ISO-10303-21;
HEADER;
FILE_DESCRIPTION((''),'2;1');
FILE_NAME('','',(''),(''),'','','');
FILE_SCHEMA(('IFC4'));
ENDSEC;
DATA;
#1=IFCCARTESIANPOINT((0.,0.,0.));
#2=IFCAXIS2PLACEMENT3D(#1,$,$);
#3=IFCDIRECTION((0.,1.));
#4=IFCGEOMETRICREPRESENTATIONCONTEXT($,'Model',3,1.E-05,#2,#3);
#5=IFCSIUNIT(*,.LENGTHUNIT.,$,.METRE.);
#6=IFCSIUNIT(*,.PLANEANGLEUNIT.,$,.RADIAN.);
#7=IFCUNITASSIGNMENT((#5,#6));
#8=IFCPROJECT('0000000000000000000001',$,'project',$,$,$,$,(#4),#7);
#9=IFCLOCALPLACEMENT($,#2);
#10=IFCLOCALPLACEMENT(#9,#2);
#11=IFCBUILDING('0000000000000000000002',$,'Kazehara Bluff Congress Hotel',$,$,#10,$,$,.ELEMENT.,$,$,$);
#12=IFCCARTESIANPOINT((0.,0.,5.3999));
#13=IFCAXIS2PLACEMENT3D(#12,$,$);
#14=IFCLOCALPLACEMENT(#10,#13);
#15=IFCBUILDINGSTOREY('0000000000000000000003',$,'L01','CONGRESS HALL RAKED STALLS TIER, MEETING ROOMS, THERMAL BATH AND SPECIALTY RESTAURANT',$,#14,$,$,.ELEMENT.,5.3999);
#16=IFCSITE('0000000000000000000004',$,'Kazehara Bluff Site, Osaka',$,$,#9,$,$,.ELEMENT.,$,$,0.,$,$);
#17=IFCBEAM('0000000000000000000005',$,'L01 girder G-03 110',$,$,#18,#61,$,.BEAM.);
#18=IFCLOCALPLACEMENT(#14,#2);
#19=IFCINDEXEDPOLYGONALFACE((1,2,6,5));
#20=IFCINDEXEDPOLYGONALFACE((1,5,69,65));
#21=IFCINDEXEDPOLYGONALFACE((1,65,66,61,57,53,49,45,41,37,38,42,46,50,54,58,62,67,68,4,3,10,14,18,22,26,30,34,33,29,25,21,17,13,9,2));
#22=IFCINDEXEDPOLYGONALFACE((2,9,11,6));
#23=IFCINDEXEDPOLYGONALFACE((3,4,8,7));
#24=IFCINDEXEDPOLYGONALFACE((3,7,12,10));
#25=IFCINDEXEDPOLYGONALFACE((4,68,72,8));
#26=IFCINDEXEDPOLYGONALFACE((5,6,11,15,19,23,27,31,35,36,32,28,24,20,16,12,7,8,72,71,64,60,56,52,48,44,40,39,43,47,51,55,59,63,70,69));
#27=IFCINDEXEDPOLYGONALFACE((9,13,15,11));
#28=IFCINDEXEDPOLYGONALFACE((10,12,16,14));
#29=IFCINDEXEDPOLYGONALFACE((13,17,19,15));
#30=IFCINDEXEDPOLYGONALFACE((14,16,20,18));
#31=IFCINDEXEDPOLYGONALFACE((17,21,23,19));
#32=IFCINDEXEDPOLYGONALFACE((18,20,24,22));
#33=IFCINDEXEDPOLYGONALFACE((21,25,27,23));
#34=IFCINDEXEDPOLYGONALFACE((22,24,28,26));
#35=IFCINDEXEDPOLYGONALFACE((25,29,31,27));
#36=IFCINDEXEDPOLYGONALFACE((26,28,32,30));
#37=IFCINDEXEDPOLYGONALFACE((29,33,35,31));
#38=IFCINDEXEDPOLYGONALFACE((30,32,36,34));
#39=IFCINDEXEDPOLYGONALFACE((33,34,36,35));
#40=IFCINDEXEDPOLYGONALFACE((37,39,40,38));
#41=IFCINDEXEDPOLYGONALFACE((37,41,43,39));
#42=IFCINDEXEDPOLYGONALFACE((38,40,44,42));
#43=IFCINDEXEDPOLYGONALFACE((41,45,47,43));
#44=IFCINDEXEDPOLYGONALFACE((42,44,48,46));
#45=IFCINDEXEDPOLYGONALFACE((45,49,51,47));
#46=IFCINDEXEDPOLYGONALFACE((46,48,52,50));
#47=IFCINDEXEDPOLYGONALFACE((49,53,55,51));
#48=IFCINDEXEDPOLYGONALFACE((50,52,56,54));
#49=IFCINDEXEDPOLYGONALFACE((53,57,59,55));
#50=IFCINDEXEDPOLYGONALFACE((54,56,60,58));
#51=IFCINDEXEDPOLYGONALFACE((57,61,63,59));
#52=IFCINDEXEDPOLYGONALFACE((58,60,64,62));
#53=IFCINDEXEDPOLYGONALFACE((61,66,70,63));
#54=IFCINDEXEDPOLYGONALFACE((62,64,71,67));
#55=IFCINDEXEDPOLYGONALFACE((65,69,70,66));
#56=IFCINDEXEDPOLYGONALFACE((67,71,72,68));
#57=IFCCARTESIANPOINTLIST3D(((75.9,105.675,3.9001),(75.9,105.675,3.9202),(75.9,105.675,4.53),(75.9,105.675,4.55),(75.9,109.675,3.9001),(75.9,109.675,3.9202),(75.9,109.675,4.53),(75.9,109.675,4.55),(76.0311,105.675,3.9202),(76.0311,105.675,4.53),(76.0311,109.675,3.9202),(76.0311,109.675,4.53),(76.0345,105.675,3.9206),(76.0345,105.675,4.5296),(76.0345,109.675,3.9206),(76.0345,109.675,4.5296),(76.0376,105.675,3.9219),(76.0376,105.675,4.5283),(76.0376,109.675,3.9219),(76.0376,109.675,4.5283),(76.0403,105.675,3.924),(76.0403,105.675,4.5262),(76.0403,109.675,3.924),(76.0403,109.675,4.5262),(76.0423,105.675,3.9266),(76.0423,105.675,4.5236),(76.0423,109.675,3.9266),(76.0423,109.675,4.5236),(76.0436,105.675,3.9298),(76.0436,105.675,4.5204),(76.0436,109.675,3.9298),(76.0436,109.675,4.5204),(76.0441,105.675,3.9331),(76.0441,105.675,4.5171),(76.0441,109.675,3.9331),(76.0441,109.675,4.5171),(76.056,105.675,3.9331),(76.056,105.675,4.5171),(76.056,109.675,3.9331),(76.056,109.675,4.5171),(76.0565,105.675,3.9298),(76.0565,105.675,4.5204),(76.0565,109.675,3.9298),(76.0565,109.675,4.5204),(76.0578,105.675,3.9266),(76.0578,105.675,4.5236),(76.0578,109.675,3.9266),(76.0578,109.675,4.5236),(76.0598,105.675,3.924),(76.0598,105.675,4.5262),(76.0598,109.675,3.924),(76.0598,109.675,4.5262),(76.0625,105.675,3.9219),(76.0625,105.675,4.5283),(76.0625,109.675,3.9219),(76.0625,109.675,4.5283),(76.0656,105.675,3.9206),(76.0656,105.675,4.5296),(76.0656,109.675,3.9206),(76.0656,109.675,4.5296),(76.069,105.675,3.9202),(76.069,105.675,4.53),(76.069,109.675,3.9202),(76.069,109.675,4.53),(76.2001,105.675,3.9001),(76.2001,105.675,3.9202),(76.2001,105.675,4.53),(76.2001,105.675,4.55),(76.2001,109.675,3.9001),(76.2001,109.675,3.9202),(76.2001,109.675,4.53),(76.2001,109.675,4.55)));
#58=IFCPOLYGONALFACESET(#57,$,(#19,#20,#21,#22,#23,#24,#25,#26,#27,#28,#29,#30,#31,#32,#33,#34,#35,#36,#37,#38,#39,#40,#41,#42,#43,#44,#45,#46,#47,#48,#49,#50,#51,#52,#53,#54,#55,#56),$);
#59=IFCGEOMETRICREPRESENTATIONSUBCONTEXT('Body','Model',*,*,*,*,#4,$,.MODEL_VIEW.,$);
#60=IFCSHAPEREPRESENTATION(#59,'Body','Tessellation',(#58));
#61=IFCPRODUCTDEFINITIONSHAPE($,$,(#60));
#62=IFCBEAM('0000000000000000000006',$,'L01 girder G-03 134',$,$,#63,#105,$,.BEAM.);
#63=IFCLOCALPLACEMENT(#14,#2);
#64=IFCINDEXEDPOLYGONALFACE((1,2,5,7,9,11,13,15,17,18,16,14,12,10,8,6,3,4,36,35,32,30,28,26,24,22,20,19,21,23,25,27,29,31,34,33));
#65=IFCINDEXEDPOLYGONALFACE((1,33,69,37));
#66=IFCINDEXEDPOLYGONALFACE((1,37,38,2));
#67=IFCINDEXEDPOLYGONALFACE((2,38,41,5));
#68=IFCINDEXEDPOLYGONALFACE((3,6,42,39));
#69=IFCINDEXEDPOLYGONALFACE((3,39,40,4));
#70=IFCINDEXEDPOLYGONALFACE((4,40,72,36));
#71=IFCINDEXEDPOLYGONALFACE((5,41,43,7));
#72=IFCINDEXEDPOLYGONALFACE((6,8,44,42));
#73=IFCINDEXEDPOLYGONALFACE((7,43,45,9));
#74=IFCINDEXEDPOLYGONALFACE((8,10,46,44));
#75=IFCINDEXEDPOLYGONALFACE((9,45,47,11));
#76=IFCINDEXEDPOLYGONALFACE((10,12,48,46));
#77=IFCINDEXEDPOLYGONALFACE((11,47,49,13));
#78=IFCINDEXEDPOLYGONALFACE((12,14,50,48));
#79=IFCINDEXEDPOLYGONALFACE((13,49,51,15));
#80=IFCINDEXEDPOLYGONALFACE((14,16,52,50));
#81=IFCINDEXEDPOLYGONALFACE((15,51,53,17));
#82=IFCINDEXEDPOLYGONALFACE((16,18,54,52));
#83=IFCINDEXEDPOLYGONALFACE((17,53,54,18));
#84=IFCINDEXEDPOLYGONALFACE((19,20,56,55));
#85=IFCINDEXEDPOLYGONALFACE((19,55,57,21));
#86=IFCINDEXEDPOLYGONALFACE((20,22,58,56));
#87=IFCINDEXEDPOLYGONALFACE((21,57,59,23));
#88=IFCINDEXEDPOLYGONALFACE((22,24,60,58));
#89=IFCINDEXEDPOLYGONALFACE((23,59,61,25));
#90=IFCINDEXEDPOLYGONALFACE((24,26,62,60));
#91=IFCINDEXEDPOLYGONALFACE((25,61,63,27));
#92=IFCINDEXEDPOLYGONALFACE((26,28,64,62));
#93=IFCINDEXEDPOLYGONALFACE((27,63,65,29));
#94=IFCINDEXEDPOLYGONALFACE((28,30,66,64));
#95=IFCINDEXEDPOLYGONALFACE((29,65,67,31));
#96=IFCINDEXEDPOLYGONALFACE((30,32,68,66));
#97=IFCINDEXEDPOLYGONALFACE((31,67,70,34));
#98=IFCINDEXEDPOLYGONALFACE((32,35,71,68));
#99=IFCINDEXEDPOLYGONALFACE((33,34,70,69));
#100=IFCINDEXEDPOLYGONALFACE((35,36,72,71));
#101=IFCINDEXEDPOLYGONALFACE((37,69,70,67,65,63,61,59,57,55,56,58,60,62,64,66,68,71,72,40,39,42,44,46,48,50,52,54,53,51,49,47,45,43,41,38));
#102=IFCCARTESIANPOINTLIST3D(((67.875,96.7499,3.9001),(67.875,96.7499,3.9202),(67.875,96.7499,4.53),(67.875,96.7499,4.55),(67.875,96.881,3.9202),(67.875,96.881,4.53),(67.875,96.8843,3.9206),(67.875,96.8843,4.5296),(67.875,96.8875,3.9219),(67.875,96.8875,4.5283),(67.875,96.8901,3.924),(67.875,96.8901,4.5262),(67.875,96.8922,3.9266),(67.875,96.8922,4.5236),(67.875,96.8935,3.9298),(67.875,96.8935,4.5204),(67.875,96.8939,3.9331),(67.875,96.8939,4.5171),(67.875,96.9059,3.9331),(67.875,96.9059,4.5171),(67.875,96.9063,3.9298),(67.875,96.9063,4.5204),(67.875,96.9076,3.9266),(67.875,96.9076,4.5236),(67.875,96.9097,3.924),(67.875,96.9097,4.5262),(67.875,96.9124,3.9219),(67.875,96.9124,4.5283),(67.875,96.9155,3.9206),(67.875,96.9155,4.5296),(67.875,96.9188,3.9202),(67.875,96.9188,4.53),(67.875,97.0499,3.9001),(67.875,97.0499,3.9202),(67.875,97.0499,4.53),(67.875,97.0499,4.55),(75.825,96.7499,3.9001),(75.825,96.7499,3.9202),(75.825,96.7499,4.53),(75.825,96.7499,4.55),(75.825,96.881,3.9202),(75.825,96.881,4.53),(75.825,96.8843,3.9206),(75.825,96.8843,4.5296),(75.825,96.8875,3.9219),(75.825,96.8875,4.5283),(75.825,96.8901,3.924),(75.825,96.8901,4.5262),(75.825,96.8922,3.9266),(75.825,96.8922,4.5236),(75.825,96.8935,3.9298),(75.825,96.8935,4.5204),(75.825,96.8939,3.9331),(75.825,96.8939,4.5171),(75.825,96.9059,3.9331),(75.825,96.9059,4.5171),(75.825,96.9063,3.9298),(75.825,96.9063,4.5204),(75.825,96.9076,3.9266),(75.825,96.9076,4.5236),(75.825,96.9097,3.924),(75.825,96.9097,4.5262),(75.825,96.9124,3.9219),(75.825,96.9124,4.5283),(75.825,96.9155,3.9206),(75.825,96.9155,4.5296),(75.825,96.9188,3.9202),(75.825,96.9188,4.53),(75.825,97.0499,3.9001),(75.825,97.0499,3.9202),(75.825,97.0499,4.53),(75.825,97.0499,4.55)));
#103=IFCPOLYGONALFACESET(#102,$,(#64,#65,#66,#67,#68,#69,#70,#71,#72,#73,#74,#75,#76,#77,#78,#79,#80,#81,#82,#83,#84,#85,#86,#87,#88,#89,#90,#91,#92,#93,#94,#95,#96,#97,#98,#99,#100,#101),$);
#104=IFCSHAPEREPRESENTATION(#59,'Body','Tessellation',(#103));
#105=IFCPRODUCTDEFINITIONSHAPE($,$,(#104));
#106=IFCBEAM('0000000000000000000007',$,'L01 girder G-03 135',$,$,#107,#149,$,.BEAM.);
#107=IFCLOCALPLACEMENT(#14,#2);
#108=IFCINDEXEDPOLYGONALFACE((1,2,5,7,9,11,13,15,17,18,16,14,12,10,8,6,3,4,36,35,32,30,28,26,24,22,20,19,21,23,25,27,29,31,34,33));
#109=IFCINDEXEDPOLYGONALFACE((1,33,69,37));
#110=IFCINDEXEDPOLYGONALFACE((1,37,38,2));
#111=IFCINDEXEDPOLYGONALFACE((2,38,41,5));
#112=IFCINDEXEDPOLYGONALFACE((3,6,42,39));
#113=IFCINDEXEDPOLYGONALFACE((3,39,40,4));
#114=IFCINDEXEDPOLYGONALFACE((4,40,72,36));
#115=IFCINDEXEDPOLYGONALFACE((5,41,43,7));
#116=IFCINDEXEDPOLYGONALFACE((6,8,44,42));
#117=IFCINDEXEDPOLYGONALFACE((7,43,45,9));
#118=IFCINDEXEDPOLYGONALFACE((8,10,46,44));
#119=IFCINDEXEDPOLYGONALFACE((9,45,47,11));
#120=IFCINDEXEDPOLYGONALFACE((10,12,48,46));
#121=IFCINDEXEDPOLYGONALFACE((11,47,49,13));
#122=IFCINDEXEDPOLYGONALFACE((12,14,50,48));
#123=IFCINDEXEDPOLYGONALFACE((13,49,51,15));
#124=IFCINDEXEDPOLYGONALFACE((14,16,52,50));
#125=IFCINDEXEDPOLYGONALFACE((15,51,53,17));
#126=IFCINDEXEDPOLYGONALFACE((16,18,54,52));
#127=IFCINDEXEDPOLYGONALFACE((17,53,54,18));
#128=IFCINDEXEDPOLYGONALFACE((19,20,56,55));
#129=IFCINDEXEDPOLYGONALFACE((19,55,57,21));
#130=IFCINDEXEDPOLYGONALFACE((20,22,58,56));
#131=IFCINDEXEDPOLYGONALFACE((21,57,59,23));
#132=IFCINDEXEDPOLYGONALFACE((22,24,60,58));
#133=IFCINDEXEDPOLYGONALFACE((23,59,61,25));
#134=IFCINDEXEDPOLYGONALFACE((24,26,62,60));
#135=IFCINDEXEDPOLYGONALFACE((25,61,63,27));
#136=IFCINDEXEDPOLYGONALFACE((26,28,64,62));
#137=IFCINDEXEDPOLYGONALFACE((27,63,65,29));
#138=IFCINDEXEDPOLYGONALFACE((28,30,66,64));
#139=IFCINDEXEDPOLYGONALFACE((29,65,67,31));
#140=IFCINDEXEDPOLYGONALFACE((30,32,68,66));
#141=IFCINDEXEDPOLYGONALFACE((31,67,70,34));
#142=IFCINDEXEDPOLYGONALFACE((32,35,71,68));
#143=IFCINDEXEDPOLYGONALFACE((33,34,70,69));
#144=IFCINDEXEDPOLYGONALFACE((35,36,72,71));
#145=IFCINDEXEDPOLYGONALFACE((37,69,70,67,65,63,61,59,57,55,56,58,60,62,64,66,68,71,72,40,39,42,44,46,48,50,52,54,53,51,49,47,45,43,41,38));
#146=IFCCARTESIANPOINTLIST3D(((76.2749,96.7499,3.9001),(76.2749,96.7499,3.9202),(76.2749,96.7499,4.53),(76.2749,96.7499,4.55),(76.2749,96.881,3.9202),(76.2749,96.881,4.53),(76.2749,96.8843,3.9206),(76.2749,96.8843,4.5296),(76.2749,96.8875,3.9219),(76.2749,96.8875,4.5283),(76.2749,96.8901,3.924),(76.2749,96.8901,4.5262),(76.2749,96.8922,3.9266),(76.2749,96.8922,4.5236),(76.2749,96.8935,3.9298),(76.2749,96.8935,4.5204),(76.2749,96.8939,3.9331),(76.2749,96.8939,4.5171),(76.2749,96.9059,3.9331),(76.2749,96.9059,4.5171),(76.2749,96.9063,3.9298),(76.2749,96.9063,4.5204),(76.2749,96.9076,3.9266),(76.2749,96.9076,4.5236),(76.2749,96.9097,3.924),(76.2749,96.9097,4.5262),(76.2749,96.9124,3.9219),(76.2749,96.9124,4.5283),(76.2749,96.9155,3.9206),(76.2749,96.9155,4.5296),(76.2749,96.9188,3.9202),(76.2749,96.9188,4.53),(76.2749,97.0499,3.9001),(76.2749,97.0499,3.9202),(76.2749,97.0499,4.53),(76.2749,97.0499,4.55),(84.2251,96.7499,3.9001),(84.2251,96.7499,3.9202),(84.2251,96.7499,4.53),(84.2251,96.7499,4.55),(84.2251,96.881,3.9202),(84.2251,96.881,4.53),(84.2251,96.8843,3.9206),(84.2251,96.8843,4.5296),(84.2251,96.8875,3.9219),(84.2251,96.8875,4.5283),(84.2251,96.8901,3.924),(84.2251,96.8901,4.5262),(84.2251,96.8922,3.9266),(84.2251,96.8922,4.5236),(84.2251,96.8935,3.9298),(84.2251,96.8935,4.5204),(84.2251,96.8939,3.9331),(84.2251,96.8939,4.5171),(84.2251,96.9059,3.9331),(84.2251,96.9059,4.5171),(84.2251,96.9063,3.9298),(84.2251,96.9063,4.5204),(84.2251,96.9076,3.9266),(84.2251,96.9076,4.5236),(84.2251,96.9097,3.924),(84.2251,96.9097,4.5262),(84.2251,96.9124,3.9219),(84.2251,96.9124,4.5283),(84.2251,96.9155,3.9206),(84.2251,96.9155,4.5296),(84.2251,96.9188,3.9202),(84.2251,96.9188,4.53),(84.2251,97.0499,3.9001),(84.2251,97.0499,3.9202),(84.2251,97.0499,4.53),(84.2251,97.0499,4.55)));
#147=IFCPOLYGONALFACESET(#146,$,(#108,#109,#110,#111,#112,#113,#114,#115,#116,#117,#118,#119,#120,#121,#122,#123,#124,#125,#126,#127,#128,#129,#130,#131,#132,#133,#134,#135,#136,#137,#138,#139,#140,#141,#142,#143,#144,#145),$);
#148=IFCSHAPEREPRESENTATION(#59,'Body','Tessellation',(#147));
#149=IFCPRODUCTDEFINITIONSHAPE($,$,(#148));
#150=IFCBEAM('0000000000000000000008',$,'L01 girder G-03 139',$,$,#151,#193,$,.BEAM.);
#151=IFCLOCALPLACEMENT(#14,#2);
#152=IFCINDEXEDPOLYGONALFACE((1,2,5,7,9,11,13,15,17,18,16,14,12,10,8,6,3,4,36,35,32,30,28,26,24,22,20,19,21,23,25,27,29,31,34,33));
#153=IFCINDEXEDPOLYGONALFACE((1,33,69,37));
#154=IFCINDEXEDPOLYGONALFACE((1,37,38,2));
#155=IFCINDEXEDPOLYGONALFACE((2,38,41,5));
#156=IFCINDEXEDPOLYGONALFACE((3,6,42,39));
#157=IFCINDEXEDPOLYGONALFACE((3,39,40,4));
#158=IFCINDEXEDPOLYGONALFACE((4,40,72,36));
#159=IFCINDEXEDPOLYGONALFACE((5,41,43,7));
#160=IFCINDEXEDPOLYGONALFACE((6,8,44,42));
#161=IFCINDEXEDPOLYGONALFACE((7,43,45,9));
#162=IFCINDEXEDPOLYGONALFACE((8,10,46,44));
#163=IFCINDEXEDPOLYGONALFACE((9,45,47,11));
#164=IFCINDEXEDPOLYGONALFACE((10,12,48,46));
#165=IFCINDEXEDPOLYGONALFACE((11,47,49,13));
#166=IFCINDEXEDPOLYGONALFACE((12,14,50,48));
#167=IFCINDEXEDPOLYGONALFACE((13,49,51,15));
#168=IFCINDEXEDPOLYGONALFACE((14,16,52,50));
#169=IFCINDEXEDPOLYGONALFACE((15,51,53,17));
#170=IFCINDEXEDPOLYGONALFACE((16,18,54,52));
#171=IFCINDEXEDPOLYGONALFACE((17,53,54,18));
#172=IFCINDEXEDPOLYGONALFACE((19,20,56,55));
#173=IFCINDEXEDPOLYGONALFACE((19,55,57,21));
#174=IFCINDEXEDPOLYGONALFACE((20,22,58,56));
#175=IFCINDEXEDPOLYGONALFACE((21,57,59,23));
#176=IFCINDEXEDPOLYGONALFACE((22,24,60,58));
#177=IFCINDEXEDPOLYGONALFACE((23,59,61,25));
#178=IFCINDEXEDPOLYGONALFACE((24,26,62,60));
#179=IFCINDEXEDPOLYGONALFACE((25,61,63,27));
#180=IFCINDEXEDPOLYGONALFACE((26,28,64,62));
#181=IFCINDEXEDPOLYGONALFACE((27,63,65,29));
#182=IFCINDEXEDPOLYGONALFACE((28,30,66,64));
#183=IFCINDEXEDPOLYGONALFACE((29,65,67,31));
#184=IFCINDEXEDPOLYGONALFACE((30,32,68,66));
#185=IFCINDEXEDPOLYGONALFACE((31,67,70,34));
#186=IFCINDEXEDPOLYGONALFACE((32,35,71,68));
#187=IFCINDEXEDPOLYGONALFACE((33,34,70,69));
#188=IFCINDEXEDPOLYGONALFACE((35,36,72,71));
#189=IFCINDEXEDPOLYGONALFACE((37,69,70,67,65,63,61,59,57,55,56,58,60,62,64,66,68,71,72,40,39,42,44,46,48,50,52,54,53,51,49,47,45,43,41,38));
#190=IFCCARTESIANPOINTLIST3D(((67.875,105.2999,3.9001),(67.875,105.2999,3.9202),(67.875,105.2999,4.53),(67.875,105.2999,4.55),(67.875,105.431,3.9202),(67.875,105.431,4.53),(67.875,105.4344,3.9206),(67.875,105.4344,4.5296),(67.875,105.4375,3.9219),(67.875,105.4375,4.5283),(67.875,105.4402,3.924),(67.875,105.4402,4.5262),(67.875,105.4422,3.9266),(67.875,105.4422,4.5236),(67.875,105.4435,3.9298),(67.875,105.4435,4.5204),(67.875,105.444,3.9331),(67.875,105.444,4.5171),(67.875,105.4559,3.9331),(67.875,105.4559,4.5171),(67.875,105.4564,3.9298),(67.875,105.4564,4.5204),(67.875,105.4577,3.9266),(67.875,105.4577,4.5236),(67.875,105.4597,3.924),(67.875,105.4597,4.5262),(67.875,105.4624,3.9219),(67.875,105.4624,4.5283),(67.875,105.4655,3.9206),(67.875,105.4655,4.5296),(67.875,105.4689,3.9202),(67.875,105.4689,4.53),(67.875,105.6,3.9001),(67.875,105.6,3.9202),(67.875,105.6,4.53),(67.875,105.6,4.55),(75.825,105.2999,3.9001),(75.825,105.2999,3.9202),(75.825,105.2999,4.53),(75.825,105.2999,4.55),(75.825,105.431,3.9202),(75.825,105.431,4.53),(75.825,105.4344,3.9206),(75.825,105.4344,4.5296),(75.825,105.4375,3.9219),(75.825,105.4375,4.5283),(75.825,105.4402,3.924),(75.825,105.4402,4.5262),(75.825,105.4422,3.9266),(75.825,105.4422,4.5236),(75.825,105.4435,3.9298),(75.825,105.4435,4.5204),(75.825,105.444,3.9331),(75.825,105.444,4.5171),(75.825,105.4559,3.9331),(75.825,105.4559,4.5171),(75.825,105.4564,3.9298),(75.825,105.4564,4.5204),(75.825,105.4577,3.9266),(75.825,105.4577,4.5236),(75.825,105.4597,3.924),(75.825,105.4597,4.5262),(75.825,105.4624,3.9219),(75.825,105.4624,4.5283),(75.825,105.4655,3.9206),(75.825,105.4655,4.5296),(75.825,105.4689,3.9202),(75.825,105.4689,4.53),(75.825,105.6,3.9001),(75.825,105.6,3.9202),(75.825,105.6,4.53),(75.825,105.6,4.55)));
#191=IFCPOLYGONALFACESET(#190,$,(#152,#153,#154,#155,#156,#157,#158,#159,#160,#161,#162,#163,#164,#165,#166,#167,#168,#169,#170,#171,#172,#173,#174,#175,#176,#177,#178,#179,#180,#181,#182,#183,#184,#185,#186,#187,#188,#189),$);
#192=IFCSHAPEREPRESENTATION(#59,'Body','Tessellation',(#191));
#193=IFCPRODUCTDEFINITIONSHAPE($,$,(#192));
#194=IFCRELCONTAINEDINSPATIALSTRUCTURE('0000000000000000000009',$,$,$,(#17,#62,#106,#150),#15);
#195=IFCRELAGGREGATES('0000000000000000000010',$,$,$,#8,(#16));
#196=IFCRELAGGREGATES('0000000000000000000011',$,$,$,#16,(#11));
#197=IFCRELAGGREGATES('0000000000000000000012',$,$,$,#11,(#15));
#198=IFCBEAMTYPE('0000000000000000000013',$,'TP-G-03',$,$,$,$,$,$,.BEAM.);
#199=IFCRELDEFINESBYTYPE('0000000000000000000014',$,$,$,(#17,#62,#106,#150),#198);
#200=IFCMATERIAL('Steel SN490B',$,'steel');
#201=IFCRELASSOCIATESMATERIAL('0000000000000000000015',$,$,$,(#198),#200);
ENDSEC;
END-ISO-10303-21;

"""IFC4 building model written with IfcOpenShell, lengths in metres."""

from ifc_helpers import new_model, si_unit, direction, frame, origin, origin_2d, place, context, subcontext, project, spatial, i_section, extrude, material, material_profile, profile_set, type_object, element, save


model = new_model("IFC4")

# Units and contexts
model_context = context("Model", 3, precision=1e-05, world=origin(), true_north=direction((0.0, 1.0)))
body_context = subcontext(model_context, "Body", "Model", "MODEL_VIEW")
ifc_project = project(units=[si_unit("LENGTHUNIT", "METRE"), si_unit("PLANEANGLEUNIT", "RADIAN")], contexts=[model_context])

# Site, building, storey
site_placement = place(None, origin())
site = spatial("IfcSite", under=ifc_project, at=site_placement, Name="Kazehara Bluff Site, Osaka", CompositionType="ELEMENT", RefElevation=0.0)
building_placement = place(site_placement, origin())
building = spatial("IfcBuilding", under=site, at=building_placement, Name="Kazehara Bluff Congress Hotel", CompositionType="ELEMENT")
storey_placement = place(building_placement, frame((0.0, 0.0, 5.3999)))
storey = spatial("IfcBuildingStorey", under=building, at=storey_placement, Name="L01", Description="CONGRESS HALL RAKED STALLS TIER, MEETING ROOMS, THERMAL BATH AND SPECIALTY RESTAURANT", CompositionType="ELEMENT", Elevation=5.3999)

# Beams
ifc_material_1 = material(Name="Steel SN490B", Category="steel")
ifc_material_profile_1 = material_profile(ifc_material_1, i_section(OverallWidth=0.3, OverallDepth=0.6499, WebThickness=0.012, FlangeThickness=0.02, FilletRadius=0.0129, at=origin_2d()))
ifc_profile_set_1 = profile_set([ifc_material_profile_1], Name="Steel SN490B")
beam_type_1 = type_object("IfcBeamType", Name="TP-G-03", PredefinedType="BEAM", material=ifc_profile_set_1)
beam_1_placement = place(storey_placement, frame((76.05, 105.675, 4.2251), z_axis=(0.0, 1.0, 0.0), x_axis=(-1.0, 0.0, 0.0)))
element("IfcBeam", 1, at=beam_1_placement, inside=storey, type_object=beam_type_1, Name="L01 girder G-03 110", PredefinedType="BEAM", context=body_context, shape_type="SweptSolid", body=[
    extrude(i_section(OverallWidth=0.3, OverallDepth=0.6499, WebThickness=0.012, FlangeThickness=0.02, FilletRadius=0.0129, at=origin_2d()), origin(), (0.0, 0.0, 1.0), 4.0),
])
beam_2_placement = place(storey_placement, frame((67.875, 96.8999, 4.2251), z_axis=(1.0, 0.0, 0.0), x_axis=(0.0, 1.0, 0.0)))
element("IfcBeam", 2, at=beam_2_placement, inside=storey, type_object=beam_type_1, Name="L01 girder G-03 134", PredefinedType="BEAM", context=body_context, shape_type="SweptSolid", body=[
    extrude(i_section(OverallWidth=0.3, OverallDepth=0.6499, WebThickness=0.012, FlangeThickness=0.02, FilletRadius=0.0129, at=origin_2d()), origin(), (0.0, 0.0, 1.0), 7.95),
])
beam_3_placement = place(storey_placement, frame((76.2749, 96.8999, 4.2251), z_axis=(1.0, 0.0, 0.0), x_axis=(0.0, 1.0, 0.0)))
element("IfcBeam", 3, at=beam_3_placement, inside=storey, type_object=beam_type_1, Name="L01 girder G-03 135", PredefinedType="BEAM", context=body_context, shape_type="SweptSolid", body=[
    extrude(i_section(OverallWidth=0.3, OverallDepth=0.6499, WebThickness=0.012, FlangeThickness=0.02, FilletRadius=0.0129, at=origin_2d()), origin(), (0.0, 0.0, 1.0), 7.9502),
])
beam_4_placement = place(storey_placement, frame((67.875, 105.45, 4.2251), z_axis=(1.0, 0.0, 0.0), x_axis=(0.0, 1.0, 0.0)))
element("IfcBeam", 4, at=beam_4_placement, inside=storey, type_object=beam_type_1, Name="L01 girder G-03 139", PredefinedType="BEAM", context=body_context, shape_type="SweptSolid", body=[
    extrude(i_section(OverallWidth=0.3, OverallDepth=0.6499, WebThickness=0.012, FlangeThickness=0.02, FilletRadius=0.0129, at=origin_2d()), origin(), (0.0, 0.0, 1.0), 7.95),
])

save(model, "model.ifc")
